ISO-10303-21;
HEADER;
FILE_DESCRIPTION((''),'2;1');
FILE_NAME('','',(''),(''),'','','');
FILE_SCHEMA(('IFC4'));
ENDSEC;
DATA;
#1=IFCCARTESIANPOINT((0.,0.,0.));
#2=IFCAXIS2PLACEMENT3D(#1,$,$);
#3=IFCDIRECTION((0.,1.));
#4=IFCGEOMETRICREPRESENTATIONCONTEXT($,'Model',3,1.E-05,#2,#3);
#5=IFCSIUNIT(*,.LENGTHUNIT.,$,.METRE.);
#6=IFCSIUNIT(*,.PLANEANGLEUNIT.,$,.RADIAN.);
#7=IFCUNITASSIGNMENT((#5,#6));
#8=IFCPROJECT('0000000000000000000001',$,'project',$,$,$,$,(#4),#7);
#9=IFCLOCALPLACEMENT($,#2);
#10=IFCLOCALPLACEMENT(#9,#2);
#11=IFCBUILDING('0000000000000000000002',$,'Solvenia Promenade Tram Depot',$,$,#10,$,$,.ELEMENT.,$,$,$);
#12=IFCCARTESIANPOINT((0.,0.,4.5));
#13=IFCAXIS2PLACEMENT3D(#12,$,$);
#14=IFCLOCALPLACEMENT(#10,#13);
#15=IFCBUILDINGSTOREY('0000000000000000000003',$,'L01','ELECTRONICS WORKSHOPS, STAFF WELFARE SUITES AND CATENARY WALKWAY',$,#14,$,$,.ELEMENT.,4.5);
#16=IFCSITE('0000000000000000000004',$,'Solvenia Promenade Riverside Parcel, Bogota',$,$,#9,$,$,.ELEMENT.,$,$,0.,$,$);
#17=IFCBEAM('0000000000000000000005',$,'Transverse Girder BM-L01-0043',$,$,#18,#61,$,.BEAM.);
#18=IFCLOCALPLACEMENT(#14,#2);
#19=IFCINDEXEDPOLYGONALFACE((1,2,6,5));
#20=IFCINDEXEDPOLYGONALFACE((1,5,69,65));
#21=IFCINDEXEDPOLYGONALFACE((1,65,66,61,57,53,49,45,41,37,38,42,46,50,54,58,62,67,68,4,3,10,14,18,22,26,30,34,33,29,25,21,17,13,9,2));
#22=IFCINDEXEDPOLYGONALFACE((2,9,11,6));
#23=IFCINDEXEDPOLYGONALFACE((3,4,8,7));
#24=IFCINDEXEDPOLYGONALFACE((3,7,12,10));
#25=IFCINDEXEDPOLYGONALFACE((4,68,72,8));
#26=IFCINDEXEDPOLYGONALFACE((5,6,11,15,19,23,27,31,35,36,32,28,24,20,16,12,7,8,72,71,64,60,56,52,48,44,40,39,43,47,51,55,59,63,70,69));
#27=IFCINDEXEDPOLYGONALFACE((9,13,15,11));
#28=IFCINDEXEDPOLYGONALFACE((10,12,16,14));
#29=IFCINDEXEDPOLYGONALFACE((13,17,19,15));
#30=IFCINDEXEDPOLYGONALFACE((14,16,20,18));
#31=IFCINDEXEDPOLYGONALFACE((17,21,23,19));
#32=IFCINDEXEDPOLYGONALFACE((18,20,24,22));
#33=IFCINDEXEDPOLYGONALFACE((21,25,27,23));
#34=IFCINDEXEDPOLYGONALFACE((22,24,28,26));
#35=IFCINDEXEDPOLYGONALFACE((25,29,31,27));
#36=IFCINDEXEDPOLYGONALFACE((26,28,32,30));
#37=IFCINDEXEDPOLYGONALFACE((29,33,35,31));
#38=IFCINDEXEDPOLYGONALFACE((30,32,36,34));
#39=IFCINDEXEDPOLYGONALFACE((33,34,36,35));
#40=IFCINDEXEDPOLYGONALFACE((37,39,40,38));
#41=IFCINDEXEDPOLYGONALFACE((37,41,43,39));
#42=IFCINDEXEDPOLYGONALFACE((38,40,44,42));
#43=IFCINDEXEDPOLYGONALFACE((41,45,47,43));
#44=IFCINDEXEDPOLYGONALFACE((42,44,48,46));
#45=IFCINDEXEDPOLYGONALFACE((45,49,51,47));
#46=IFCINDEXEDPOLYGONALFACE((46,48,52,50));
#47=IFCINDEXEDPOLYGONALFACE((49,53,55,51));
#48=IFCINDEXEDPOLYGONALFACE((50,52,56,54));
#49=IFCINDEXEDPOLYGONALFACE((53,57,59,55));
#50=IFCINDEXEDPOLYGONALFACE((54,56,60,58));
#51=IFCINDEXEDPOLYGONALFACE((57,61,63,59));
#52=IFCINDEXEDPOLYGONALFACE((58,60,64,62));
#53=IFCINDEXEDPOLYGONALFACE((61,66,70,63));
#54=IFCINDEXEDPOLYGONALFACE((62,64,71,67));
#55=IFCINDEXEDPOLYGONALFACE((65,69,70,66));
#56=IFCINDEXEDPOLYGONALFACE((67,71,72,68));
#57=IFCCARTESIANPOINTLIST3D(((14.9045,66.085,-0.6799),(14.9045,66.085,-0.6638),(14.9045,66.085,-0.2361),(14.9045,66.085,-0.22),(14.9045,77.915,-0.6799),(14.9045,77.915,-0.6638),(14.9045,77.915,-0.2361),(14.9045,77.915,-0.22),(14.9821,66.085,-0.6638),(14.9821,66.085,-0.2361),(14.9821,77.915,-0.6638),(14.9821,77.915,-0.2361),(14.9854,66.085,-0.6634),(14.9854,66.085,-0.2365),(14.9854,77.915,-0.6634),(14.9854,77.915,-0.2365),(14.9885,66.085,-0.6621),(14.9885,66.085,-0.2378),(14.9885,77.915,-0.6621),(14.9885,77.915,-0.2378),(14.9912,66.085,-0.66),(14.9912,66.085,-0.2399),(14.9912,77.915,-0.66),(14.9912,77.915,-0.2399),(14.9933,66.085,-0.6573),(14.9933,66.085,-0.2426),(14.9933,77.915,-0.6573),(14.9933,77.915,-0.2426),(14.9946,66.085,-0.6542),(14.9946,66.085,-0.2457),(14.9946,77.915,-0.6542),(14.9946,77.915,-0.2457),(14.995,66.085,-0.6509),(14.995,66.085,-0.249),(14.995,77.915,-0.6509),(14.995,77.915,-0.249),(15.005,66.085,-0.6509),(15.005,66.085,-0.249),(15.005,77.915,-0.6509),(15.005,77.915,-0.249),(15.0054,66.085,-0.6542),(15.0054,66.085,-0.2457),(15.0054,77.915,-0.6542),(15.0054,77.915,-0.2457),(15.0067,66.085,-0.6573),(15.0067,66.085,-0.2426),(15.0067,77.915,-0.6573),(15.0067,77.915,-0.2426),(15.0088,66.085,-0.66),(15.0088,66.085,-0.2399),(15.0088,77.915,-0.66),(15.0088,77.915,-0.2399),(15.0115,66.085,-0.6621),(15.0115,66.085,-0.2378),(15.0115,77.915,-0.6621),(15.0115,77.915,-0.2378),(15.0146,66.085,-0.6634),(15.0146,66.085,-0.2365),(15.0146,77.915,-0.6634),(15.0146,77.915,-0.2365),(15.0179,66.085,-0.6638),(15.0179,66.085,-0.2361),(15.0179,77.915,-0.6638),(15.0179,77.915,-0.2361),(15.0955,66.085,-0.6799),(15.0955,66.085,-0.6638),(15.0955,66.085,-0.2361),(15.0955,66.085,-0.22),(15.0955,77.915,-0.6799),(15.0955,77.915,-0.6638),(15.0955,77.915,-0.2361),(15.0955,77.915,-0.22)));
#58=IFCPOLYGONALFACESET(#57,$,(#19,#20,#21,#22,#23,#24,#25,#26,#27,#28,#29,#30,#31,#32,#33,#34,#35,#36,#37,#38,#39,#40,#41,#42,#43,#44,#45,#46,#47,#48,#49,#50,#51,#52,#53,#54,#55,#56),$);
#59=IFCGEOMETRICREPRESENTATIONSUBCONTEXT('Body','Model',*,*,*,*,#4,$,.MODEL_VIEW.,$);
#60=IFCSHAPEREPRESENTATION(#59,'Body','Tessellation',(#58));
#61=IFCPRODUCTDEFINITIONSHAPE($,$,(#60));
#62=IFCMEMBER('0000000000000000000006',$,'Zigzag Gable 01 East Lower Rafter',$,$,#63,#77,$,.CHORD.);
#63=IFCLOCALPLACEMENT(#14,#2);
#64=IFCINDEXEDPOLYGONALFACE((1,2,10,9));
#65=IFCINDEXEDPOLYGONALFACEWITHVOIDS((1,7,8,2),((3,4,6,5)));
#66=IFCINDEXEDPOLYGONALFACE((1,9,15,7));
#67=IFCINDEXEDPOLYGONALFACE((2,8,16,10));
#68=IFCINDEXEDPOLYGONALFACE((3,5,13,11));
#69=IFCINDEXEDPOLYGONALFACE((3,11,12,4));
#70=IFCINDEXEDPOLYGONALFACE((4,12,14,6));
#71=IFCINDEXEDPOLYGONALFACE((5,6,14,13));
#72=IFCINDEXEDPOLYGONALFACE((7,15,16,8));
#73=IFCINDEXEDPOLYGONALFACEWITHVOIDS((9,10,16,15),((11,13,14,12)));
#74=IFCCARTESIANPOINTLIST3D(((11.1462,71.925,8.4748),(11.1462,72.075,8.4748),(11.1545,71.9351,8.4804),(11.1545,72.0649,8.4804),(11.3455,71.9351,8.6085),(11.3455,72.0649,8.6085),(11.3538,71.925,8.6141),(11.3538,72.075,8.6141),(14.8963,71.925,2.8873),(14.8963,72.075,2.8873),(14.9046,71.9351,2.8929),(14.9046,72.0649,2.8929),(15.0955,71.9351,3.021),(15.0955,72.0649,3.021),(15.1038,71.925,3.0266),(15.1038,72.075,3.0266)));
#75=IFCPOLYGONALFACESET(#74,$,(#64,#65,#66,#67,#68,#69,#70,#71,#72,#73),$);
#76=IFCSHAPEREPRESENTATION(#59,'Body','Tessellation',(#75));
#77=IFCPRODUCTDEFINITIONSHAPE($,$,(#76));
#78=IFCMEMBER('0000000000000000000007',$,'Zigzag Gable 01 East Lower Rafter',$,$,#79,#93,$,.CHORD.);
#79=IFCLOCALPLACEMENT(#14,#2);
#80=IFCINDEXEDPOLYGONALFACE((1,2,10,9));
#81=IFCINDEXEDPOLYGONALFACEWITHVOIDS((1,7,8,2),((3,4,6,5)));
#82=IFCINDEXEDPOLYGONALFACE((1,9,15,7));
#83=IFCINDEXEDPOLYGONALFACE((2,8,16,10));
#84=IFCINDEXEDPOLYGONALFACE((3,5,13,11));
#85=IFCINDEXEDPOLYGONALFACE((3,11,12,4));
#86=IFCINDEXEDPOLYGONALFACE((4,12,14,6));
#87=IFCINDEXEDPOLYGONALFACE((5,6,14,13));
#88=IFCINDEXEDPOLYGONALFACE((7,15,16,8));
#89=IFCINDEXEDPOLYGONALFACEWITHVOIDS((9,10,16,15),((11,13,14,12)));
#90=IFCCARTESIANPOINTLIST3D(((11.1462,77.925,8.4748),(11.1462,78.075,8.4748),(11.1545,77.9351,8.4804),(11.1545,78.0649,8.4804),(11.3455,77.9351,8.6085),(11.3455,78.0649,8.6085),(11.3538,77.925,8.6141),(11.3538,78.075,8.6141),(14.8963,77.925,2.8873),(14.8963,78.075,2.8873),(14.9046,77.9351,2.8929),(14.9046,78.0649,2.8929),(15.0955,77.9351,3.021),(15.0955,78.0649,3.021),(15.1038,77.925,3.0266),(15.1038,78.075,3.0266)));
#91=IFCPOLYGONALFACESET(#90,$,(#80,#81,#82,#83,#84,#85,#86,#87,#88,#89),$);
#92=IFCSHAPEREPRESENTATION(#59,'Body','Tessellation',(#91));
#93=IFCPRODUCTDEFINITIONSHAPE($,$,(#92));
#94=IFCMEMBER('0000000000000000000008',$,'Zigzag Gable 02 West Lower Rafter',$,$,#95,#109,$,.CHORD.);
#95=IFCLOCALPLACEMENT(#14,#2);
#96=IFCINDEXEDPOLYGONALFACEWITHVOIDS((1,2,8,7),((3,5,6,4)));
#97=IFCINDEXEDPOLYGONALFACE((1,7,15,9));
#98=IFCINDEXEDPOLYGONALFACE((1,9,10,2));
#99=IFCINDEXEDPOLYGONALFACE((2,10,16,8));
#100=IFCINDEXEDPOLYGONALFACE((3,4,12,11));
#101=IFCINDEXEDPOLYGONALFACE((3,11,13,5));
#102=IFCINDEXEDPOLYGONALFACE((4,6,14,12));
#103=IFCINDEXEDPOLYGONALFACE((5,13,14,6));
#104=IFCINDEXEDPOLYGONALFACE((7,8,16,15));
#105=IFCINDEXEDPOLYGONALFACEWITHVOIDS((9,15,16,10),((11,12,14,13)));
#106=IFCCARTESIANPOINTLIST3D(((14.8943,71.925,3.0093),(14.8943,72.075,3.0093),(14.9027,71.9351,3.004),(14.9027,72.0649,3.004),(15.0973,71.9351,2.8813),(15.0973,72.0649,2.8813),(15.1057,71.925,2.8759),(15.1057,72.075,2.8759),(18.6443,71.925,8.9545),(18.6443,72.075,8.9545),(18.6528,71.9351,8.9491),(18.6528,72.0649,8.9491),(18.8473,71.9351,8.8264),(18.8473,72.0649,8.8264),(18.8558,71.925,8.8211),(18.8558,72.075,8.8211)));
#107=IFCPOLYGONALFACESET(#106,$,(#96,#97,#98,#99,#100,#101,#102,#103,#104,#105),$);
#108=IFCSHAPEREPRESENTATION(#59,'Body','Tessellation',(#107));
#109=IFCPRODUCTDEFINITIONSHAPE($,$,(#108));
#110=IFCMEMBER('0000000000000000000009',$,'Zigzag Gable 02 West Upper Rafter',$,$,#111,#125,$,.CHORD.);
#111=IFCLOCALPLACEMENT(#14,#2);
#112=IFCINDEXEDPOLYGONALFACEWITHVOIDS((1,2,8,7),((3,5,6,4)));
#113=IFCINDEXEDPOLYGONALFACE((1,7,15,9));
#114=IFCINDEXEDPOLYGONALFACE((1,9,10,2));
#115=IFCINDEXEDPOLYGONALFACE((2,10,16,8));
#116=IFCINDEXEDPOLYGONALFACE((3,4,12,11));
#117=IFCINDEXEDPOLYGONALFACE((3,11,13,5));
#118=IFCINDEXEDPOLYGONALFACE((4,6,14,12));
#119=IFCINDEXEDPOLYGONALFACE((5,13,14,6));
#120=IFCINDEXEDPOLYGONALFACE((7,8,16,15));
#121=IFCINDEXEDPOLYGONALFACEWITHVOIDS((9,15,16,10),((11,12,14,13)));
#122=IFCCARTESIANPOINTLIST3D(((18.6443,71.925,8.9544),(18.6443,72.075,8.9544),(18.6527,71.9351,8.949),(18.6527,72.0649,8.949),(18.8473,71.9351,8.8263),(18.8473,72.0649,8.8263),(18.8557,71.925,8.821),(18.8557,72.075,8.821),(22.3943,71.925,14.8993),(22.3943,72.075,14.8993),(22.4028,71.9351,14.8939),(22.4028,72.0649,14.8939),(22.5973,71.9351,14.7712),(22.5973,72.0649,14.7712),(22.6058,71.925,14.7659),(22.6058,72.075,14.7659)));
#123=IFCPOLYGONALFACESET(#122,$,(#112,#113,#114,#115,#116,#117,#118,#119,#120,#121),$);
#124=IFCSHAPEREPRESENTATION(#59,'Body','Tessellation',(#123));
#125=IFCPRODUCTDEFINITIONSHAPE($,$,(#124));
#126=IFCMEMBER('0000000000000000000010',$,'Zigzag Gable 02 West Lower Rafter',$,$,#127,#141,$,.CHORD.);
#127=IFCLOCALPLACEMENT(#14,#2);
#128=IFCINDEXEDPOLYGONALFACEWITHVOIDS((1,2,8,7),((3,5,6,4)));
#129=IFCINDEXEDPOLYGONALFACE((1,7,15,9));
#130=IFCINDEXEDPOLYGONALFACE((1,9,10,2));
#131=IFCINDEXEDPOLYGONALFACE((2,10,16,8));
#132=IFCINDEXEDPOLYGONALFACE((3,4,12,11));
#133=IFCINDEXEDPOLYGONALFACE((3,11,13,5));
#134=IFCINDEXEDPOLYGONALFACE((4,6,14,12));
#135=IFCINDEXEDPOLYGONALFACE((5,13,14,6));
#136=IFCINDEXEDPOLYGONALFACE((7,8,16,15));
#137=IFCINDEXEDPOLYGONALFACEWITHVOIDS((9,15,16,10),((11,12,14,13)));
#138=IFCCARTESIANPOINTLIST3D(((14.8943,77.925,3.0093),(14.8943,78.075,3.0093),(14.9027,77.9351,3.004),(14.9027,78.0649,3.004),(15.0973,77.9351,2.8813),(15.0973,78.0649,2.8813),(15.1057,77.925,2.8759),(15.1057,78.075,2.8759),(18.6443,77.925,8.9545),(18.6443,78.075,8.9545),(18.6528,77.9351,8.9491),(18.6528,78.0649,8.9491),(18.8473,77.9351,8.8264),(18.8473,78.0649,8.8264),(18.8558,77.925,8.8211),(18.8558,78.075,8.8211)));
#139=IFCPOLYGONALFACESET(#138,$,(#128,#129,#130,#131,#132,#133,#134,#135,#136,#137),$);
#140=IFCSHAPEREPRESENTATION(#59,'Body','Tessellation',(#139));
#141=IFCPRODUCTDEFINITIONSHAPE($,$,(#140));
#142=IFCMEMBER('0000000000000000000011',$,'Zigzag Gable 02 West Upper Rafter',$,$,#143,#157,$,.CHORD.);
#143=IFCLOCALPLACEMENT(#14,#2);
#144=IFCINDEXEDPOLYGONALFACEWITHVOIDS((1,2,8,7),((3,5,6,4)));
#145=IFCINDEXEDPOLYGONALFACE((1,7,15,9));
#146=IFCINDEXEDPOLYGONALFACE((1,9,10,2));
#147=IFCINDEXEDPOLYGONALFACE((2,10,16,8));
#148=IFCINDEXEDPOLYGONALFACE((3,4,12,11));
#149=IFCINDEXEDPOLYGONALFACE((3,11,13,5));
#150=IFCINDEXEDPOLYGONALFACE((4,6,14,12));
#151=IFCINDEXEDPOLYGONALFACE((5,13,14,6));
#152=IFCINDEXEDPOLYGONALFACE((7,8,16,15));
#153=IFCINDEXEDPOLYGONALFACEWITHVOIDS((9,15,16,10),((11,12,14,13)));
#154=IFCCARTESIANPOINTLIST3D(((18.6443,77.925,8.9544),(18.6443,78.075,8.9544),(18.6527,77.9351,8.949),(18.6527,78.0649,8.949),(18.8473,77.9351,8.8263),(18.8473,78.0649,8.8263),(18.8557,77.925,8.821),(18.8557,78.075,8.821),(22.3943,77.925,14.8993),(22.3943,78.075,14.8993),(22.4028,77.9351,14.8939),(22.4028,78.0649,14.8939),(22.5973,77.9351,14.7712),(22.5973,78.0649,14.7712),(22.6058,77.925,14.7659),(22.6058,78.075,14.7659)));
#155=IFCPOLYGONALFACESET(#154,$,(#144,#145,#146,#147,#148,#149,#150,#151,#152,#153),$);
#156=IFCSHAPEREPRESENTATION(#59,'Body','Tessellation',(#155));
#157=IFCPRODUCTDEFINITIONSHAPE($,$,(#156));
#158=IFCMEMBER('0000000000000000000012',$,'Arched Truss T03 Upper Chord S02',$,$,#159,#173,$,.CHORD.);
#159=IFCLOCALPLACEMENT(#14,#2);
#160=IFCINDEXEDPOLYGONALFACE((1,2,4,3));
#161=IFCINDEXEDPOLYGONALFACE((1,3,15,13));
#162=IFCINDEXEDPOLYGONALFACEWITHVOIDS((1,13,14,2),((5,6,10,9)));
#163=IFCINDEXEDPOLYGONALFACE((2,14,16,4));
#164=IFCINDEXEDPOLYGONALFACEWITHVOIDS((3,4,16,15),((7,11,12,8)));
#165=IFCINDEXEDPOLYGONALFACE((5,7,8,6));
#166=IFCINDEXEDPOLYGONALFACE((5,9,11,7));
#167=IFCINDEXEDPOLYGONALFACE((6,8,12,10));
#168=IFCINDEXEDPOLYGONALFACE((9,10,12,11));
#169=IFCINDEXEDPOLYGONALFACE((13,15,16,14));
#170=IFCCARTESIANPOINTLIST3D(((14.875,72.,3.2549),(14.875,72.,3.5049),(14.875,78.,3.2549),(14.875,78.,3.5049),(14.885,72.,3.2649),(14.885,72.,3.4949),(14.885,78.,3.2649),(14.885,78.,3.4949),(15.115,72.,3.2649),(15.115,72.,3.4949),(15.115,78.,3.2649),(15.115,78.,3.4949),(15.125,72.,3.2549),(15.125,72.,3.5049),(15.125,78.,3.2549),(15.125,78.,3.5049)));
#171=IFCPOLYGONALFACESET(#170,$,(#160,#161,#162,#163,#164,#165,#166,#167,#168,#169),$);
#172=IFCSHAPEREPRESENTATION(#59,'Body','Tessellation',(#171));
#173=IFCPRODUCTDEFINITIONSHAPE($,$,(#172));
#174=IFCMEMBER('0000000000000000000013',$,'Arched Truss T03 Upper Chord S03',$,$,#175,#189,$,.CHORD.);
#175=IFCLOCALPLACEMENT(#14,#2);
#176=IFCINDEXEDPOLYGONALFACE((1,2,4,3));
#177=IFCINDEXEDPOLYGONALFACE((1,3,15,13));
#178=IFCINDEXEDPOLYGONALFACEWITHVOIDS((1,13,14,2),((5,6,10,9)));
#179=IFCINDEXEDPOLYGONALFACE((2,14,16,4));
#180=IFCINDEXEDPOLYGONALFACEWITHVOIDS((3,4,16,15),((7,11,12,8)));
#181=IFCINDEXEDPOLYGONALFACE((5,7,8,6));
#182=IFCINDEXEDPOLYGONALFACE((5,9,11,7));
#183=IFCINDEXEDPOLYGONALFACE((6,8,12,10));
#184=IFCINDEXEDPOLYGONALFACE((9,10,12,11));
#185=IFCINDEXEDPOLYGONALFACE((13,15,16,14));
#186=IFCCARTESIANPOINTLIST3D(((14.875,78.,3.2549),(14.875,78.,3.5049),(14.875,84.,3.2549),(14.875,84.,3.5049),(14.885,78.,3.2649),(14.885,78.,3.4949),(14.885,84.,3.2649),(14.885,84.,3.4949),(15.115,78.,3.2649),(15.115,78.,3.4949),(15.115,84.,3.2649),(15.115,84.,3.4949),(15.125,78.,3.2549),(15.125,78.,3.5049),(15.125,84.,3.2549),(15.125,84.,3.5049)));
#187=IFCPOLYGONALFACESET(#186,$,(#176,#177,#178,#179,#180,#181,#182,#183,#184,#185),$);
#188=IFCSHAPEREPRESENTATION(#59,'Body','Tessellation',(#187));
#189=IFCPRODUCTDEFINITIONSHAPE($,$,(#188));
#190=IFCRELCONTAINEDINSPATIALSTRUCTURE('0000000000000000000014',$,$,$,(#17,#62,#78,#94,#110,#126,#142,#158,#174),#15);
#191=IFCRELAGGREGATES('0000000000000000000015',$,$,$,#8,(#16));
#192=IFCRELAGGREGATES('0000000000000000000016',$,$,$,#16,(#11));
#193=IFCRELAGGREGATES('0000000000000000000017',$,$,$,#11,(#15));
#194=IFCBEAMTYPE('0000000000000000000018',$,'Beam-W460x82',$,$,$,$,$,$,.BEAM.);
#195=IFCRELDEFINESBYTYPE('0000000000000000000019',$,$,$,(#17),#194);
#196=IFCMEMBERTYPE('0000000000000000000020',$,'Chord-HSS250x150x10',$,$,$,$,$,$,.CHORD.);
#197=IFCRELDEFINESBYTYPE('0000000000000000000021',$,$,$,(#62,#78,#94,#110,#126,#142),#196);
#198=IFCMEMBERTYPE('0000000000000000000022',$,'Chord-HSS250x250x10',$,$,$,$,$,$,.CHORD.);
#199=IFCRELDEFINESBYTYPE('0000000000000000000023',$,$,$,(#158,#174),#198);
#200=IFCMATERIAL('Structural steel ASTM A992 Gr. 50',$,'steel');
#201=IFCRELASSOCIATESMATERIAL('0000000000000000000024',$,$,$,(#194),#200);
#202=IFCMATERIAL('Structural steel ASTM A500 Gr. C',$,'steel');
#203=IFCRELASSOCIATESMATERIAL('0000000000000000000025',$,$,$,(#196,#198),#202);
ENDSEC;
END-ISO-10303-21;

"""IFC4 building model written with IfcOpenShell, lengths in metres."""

from ifc_helpers import new_model, si_unit, direction, frame, origin, origin_2d, place, context, subcontext, project, spatial, hollow_rectangle, i_section, extrude, material, material_profile, profile_set, type_object, element, save


model = new_model("IFC4")

# Units and contexts
model_context = context("Model", 3, precision=1e-05, world=origin(), true_north=direction((0.0, 1.0)))
body_context = subcontext(model_context, "Body", "Model", "MODEL_VIEW")
ifc_project = project(units=[si_unit("LENGTHUNIT", "METRE"), si_unit("PLANEANGLEUNIT", "RADIAN")], contexts=[model_context])

# Site, building, storey
site_placement = place(None, origin())
site = spatial("IfcSite", under=ifc_project, at=site_placement, Name="Solvenia Promenade Riverside Parcel, Bogota", CompositionType="ELEMENT", RefElevation=0.0)
building_placement = place(site_placement, origin())
building = spatial("IfcBuilding", under=site, at=building_placement, Name="Solvenia Promenade Tram Depot", CompositionType="ELEMENT")
storey_placement = place(building_placement, frame((0.0, 0.0, 4.5)))
storey = spatial("IfcBuildingStorey", under=building, at=storey_placement, Name="L01", Description="ELECTRONICS WORKSHOPS, STAFF WELFARE SUITES AND CATENARY WALKWAY", CompositionType="ELEMENT", Elevation=4.5)

# Beam
ifc_material_1 = material(Name="Structural steel ASTM A992 Gr. 50", Category="steel")
ifc_material_profile_1 = material_profile(ifc_material_1, i_section(OverallWidth=0.1909, OverallDepth=0.46, WebThickness=0.01, FlangeThickness=0.0161, FilletRadius=0.0129, at=origin_2d()), Name="W460x82", Category="steel")
ifc_profile_set_1 = profile_set([ifc_material_profile_1], Name="Structural steel ASTM A992 Gr. 50")
beam_type_1 = type_object("IfcBeamType", Name="Beam-W460x82", PredefinedType="BEAM", material=ifc_profile_set_1)
beam_1_placement = place(storey_placement, frame((15.0, 66.085, -0.45), z_axis=(0.0, 1.0, 0.0), x_axis=(-1.0, 0.0, 0.0)))
element("IfcBeam", 1, at=beam_1_placement, inside=storey, type_object=beam_type_1, Name="Transverse Girder BM-L01-0043", PredefinedType="BEAM", context=body_context, shape_type="SweptSolid", body=[
    extrude(i_section(OverallWidth=0.1909, OverallDepth=0.46, WebThickness=0.01, FlangeThickness=0.0161, FilletRadius=0.0129, at=origin_2d()), origin(), (0.0, 0.0, 1.0), 11.8301),
])

# Members
ifc_material_2 = material(Name="Structural steel ASTM A500 Gr. C", Category="steel")
ifc_material_profile_2 = material_profile(ifc_material_2, hollow_rectangle(XDim=0.1499, YDim=0.25, WallThickness=0.01, at=origin_2d()), Name="HSS250x150x10", Category="steel")
ifc_profile_set_2 = profile_set([ifc_material_profile_2], Name="Structural steel ASTM A500 Gr. C")
member_type_1 = type_object("IfcMemberType", Name="Chord-HSS250x150x10", PredefinedType="CHORD", material=ifc_profile_set_2)
for number, where, z_axis, x_axis, name in (
    (2, (11.25, 72.0, 8.5444), (0.557276, 0.0, -0.830327), (0.0, 1.0, 0.0), "Zigzag Gable 01 East Lower Rafter"),
    (3, (11.25, 78.0, 8.5444), (0.557276, 0.0, -0.830327), (0.0, 1.0, 0.0), "Zigzag Gable 01 East Lower Rafter"),
):
    element("IfcMember", number, at=place(storey_placement, frame(where, z_axis=z_axis, x_axis=x_axis)), inside=storey, type_object=member_type_1, Name=name, PredefinedType="CHORD", context=body_context, shape_type="SweptSolid", body=[
        extrude(hollow_rectangle(XDim=0.1499, YDim=0.25, WallThickness=0.01, at=origin_2d()), origin(), (0.0, 0.0, 1.0), 6.7292),
    ])
member_1_placement = place(storey_placement, frame((15.0, 72.0, 2.9426), z_axis=(0.533507, 0.0, 0.845796), x_axis=(0.0, 1.0, 0.0)))
element("IfcMember", 4, at=member_1_placement, inside=storey, type_object=member_type_1, Name="Zigzag Gable 02 West Lower Rafter", PredefinedType="CHORD", context=body_context, shape_type="SweptSolid", body=[
    extrude(hollow_rectangle(XDim=0.1499, YDim=0.25, WallThickness=0.01, at=origin_2d()), origin(), (0.0, 0.0, 1.0), 7.0291),
])
member_2_placement = place(storey_placement, frame((18.75, 72.0, 8.8877), z_axis=(0.533522, 0.0, 0.845786), x_axis=(0.0, 1.0, 0.0)))
element("IfcMember", 5, at=member_2_placement, inside=storey, type_object=member_type_1, Name="Zigzag Gable 02 West Upper Rafter", PredefinedType="CHORD", context=body_context, shape_type="SweptSolid", body=[
    extrude(hollow_rectangle(XDim=0.1499, YDim=0.25, WallThickness=0.01, at=origin_2d()), origin(), (0.0, 0.0, 1.0), 7.0288),
])
member_3_placement = place(storey_placement, frame((15.0, 78.0, 2.9426), z_axis=(0.533507, 0.0, 0.845796), x_axis=(0.0, 1.0, 0.0)))
element("IfcMember", 6, at=member_3_placement, inside=storey, type_object=member_type_1, Name="Zigzag Gable 02 West Lower Rafter", PredefinedType="CHORD", context=body_context, shape_type="SweptSolid", body=[
    extrude(hollow_rectangle(XDim=0.1499, YDim=0.25, WallThickness=0.01, at=origin_2d()), origin(), (0.0, 0.0, 1.0), 7.0291),
])
member_4_placement = place(storey_placement, frame((18.75, 78.0, 8.8877), z_axis=(0.533522, 0.0, 0.845786), x_axis=(0.0, 1.0, 0.0)))
element("IfcMember", 7, at=member_4_placement, inside=storey, type_object=member_type_1, Name="Zigzag Gable 02 West Upper Rafter", PredefinedType="CHORD", context=body_context, shape_type="SweptSolid", body=[
    extrude(hollow_rectangle(XDim=0.1499, YDim=0.25, WallThickness=0.01, at=origin_2d()), origin(), (0.0, 0.0, 1.0), 7.0288),
])
ifc_material_profile_3 = material_profile(ifc_material_2, hollow_rectangle(XDim=0.25, YDim=0.25, WallThickness=0.01, at=origin_2d()), Name="HSS250x250x10", Category="steel")
ifc_profile_set_3 = profile_set([ifc_material_profile_3], Name="Structural steel ASTM A500 Gr. C")
member_type_2 = type_object("IfcMemberType", Name="Chord-HSS250x250x10", PredefinedType="CHORD", material=ifc_profile_set_3)
for number, where, z_axis, x_axis, name in (
    (8, (15.0, 72.0, 3.3799), (0.0, 1.0, 0.0), (-1.0, 0.0, 0.0), "Arched Truss T03 Upper Chord S02"),
    (9, (15.0, 78.0, 3.3799), (0.0, 1.0, 0.0), (-1.0, 0.0, 0.0), "Arched Truss T03 Upper Chord S03"),
):
    element("IfcMember", number, at=place(storey_placement, frame(where, z_axis=z_axis, x_axis=x_axis)), inside=storey, type_object=member_type_2, Name=name, PredefinedType="CHORD", context=body_context, shape_type="SweptSolid", body=[
        extrude(hollow_rectangle(XDim=0.25, YDim=0.25, WallThickness=0.01, at=origin_2d()), origin(), (0.0, 0.0, 1.0), 6.0),
    ])

save(model, "model.ifc")
